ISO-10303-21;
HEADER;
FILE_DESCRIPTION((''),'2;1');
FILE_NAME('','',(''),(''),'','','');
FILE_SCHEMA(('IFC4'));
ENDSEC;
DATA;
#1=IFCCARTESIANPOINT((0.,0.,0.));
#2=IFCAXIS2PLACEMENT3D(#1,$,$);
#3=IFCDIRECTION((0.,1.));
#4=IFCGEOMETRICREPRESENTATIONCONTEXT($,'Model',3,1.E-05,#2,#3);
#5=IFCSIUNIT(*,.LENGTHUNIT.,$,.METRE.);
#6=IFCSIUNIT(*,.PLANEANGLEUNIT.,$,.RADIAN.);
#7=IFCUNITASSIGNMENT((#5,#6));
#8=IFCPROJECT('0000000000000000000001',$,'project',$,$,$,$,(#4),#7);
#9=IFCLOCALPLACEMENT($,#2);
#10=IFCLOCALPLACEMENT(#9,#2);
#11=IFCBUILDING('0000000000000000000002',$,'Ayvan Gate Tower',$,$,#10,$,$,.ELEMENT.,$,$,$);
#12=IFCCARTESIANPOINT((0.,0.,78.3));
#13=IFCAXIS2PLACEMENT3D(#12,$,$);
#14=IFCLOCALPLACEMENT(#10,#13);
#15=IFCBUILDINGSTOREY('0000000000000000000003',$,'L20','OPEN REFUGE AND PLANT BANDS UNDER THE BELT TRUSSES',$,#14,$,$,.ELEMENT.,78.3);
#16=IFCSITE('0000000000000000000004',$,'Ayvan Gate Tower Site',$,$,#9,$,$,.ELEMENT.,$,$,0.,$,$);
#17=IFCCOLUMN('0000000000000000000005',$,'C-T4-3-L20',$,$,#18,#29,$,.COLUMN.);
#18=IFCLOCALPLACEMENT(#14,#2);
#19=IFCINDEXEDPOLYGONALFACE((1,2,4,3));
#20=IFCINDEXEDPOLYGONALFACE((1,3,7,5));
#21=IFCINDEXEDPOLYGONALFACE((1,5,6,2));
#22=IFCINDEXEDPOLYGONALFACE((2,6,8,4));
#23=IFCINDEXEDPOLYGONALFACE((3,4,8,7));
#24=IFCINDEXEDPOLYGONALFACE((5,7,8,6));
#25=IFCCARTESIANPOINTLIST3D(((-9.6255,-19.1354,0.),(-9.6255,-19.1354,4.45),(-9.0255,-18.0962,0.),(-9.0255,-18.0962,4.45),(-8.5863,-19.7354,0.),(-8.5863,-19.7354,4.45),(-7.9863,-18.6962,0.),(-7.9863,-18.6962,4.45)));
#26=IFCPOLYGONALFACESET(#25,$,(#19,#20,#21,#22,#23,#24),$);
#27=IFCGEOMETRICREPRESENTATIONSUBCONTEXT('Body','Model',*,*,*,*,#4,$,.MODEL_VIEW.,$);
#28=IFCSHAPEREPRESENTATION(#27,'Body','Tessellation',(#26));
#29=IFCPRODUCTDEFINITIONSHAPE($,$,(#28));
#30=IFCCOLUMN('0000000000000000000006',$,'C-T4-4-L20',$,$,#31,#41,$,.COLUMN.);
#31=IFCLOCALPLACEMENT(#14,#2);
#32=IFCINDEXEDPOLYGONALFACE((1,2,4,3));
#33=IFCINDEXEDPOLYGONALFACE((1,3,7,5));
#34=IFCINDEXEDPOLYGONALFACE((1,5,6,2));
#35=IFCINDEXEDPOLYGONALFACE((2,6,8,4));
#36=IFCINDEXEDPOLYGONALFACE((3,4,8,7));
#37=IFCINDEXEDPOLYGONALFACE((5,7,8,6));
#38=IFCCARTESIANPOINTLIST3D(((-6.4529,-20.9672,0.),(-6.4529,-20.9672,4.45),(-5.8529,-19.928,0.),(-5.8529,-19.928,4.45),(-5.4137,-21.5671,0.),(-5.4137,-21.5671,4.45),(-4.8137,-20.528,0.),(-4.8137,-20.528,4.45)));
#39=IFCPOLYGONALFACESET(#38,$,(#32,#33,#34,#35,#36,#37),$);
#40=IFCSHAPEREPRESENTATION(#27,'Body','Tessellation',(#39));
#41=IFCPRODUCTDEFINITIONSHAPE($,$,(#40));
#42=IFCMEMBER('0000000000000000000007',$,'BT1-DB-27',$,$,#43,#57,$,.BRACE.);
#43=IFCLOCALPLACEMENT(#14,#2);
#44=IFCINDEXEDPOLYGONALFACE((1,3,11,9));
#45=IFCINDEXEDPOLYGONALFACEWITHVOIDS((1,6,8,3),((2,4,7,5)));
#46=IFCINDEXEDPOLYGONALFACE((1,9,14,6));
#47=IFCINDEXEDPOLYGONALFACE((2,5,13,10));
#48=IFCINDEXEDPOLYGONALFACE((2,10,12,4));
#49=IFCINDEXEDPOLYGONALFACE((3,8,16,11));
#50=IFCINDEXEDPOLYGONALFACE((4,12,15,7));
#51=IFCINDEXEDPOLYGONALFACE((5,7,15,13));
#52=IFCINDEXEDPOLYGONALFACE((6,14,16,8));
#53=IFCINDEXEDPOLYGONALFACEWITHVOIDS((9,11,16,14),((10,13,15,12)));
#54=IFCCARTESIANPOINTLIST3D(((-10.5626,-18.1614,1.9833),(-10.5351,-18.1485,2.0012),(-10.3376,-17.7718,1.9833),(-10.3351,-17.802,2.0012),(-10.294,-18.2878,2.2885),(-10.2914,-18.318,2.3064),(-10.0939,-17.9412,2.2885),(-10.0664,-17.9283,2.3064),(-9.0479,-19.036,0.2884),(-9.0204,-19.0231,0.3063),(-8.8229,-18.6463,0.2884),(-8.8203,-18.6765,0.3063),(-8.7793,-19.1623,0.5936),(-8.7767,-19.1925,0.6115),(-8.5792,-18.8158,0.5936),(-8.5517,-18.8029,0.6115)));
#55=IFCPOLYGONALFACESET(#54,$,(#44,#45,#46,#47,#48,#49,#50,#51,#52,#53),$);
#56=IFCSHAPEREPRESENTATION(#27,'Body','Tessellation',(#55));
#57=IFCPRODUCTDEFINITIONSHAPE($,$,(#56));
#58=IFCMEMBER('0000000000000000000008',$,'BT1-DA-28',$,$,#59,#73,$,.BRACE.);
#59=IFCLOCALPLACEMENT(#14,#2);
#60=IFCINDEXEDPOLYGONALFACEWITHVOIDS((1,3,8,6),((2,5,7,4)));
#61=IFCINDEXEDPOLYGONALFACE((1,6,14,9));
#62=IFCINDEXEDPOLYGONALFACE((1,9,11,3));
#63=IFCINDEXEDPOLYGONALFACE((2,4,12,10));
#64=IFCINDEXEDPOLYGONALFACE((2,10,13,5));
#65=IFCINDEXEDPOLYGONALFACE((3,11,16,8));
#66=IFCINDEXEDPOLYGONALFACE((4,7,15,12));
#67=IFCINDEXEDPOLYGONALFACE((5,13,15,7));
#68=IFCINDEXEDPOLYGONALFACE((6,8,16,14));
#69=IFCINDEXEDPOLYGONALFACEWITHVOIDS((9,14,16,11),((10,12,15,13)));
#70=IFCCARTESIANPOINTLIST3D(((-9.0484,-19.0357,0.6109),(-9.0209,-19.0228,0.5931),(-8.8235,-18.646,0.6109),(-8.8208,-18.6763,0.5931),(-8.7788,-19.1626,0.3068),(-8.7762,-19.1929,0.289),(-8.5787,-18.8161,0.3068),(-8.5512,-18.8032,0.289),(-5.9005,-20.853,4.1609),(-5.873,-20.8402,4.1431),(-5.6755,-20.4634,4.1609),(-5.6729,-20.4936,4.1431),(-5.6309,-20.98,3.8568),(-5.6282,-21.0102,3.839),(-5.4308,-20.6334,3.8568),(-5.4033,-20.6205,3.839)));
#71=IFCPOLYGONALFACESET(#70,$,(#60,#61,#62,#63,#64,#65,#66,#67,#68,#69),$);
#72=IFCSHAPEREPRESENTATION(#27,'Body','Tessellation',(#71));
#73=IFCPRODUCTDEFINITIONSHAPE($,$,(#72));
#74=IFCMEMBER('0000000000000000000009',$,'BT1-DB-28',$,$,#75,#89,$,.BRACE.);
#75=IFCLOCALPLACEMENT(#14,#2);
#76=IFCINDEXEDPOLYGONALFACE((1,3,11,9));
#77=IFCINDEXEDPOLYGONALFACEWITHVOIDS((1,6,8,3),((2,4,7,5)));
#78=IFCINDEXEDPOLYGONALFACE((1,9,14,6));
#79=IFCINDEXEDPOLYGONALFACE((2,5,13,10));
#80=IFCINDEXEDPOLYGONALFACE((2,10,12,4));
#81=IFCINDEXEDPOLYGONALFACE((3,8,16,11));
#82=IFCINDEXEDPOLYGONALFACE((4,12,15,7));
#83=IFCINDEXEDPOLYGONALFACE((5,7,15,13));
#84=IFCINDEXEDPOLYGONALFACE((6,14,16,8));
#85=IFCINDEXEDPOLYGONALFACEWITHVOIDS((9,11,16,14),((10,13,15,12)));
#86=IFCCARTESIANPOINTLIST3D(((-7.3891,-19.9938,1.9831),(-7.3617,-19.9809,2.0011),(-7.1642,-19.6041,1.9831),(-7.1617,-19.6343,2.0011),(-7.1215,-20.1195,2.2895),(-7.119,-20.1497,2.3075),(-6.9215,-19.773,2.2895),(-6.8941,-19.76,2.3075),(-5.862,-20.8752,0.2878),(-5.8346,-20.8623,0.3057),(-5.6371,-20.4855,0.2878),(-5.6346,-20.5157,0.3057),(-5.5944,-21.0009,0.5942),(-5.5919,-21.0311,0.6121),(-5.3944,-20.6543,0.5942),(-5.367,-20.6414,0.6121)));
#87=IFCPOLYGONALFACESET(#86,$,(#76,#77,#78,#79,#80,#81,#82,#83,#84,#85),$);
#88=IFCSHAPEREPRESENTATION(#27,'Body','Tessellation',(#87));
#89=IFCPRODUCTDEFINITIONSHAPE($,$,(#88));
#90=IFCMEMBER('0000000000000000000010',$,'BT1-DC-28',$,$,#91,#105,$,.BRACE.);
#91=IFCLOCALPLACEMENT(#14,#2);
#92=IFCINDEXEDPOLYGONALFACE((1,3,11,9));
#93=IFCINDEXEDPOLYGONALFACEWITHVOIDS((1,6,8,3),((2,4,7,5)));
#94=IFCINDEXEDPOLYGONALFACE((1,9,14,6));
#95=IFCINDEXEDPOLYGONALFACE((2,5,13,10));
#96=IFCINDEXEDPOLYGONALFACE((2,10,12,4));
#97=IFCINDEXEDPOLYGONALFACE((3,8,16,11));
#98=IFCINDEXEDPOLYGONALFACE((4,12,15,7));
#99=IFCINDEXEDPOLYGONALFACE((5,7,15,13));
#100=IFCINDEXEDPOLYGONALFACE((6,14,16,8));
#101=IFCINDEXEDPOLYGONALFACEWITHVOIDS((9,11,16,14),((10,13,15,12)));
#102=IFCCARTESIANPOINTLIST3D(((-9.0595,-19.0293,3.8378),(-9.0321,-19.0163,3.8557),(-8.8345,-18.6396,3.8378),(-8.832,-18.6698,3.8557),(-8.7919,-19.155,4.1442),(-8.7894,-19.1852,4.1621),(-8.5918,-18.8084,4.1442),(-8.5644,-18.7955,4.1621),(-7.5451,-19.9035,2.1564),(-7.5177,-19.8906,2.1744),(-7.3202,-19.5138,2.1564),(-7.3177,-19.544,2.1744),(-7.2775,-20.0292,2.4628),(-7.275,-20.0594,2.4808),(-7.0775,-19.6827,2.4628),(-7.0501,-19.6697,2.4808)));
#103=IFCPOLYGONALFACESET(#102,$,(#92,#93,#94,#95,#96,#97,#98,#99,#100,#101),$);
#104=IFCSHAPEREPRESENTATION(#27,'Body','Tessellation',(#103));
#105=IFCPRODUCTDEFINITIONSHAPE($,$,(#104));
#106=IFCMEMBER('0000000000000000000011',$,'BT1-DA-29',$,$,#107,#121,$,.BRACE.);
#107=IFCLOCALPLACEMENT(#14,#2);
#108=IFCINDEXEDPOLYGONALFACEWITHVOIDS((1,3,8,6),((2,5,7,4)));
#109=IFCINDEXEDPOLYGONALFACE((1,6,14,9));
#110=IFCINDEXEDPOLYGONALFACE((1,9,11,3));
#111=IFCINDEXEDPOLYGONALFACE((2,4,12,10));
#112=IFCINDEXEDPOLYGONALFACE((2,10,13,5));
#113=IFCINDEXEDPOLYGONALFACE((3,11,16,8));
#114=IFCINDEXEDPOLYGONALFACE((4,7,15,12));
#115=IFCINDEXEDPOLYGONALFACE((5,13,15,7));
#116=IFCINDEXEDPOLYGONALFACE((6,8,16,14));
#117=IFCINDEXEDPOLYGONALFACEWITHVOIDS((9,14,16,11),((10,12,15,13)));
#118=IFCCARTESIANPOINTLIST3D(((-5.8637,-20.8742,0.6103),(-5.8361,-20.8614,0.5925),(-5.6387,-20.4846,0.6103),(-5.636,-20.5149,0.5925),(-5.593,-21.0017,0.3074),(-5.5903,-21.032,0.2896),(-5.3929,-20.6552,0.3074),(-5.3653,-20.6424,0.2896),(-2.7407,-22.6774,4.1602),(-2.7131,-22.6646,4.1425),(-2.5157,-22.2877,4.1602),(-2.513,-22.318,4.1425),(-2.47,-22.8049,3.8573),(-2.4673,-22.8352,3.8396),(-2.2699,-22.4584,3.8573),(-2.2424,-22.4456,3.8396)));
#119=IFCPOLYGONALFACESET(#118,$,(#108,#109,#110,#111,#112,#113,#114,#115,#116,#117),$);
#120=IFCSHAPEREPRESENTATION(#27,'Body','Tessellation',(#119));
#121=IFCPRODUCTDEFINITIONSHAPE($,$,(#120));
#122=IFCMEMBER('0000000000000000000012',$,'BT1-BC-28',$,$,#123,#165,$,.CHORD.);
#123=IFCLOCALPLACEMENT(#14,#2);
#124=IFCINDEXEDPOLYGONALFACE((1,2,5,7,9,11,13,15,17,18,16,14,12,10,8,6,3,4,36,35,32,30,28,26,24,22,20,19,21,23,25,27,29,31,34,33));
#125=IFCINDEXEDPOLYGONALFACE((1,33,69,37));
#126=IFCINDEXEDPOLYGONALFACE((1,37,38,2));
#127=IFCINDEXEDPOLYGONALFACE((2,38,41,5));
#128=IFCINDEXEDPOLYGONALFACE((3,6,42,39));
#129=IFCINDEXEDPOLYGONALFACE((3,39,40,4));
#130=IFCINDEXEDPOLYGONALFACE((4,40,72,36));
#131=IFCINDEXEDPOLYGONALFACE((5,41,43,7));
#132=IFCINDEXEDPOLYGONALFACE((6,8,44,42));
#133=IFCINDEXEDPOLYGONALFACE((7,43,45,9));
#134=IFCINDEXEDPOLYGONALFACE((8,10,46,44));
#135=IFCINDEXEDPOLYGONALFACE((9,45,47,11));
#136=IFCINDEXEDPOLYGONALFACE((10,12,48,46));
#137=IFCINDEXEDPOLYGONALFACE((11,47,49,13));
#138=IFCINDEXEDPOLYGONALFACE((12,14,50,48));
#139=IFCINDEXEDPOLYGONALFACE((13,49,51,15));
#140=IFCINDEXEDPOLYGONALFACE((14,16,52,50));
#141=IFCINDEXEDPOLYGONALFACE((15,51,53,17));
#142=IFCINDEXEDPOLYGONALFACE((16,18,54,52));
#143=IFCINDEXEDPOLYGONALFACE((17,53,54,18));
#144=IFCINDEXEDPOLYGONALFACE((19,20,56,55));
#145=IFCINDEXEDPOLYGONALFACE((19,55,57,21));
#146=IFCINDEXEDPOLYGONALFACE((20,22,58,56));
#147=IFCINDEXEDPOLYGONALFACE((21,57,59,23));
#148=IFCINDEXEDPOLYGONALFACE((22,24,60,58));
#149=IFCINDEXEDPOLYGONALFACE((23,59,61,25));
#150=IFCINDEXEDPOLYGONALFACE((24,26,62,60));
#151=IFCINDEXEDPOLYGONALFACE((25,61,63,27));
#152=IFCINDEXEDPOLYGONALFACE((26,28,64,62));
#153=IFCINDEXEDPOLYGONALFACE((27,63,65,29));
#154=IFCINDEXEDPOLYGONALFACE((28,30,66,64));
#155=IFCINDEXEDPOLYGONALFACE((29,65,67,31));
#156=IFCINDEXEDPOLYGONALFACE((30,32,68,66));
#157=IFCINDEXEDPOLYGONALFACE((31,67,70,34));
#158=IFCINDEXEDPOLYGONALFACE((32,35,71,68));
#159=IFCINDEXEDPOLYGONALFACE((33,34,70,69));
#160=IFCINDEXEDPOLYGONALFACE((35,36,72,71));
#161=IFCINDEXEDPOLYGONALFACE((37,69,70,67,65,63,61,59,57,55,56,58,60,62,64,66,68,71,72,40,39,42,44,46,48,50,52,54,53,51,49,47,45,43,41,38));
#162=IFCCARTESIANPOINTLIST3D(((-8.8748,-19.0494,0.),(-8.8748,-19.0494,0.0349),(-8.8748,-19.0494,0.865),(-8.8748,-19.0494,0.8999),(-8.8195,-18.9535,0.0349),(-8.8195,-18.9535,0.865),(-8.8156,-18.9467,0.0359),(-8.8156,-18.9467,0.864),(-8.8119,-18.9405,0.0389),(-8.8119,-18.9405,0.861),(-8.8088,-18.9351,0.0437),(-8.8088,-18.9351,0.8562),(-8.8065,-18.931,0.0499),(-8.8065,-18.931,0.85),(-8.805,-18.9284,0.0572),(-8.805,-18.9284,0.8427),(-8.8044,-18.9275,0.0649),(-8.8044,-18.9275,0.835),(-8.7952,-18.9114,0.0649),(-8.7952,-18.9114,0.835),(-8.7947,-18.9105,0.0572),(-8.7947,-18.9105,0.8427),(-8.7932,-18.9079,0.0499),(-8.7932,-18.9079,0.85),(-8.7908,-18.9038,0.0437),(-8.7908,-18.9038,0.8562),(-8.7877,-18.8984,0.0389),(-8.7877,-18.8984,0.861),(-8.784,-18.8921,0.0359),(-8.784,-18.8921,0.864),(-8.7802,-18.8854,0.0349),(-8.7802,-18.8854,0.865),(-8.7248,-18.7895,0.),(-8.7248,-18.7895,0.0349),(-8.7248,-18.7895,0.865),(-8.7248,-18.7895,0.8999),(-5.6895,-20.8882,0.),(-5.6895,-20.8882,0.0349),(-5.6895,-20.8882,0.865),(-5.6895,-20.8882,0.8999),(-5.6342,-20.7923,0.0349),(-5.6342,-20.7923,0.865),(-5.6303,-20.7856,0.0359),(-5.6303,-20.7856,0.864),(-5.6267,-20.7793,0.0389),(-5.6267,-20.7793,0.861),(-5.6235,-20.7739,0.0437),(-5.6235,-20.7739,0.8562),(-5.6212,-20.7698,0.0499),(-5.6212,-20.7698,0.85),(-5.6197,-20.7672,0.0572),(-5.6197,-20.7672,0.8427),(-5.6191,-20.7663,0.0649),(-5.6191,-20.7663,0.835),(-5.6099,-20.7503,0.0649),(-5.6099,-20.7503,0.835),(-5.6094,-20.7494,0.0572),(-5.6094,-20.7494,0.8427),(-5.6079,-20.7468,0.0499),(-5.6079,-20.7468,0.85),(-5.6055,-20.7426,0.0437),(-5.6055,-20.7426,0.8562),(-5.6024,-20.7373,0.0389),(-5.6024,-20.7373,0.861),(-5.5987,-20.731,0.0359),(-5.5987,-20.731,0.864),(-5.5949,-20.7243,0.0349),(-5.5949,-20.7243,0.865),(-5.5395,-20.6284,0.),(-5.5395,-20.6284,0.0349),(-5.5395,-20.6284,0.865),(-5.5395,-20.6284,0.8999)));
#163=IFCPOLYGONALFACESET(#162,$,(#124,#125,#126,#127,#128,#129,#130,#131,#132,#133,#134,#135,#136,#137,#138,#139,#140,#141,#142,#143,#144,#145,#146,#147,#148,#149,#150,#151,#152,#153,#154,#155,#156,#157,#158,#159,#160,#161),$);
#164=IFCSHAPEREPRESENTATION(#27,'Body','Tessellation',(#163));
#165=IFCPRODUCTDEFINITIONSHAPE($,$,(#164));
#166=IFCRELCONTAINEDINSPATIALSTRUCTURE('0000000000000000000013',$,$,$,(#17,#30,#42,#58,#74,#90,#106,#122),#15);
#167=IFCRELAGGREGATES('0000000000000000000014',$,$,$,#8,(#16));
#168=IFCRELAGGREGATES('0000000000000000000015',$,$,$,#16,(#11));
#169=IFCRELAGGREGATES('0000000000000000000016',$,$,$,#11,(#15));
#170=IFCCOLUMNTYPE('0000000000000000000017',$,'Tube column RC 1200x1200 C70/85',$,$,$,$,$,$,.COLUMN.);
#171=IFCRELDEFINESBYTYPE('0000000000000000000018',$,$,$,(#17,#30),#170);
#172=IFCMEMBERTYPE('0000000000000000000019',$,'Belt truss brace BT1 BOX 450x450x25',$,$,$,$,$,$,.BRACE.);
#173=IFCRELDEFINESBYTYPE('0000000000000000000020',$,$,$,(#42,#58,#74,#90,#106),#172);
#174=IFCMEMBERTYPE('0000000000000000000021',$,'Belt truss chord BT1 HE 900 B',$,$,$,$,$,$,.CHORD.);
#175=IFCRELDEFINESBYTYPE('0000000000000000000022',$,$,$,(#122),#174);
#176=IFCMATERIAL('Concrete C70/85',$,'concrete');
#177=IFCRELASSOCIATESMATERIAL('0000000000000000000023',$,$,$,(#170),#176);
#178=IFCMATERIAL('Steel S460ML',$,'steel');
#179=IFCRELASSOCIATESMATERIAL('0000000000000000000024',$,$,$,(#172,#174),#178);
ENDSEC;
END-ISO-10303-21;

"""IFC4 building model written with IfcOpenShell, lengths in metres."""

from ifc_helpers import new_model, si_unit, direction, frame, origin, origin_2d, place, context, subcontext, project, spatial, rectangle, hollow_rectangle, i_section, extrude, material, material_profile, profile_set, type_object, element, save


model = new_model("IFC4")

# Units and contexts
model_context = context("Model", 3, precision=1e-05, world=origin(), true_north=direction((0.0, 1.0)))
body_context = subcontext(model_context, "Body", "Model", "MODEL_VIEW")
ifc_project = project(units=[si_unit("LENGTHUNIT", "METRE"), si_unit("PLANEANGLEUNIT", "RADIAN")], contexts=[model_context])

# Site, building, storey
site_placement = place(None, origin())
site = spatial("IfcSite", under=ifc_project, at=site_placement, Name="Ayvan Gate Tower Site", CompositionType="ELEMENT", RefElevation=0.0)
building_placement = place(site_placement, origin())
building = spatial("IfcBuilding", under=site, at=building_placement, Name="Ayvan Gate Tower", CompositionType="ELEMENT")
storey_placement = place(building_placement, frame((0.0, 0.0, 78.3)))
storey = spatial("IfcBuildingStorey", under=building, at=storey_placement, Name="L20", Description="OPEN REFUGE AND PLANT BANDS UNDER THE BELT TRUSSES", CompositionType="ELEMENT", Elevation=78.3)

# Columns
ifc_material_1 = material(Name="Concrete C70/85", Category="concrete")
ifc_material_profile_1 = material_profile(ifc_material_1, rectangle(XDim=1.2, YDim=1.2, at=origin_2d()), Name="RC 1200x1200")
ifc_profile_set_1 = profile_set([ifc_material_profile_1], Name="Concrete C70/85")
column_type = type_object("IfcColumnType", Name="Tube column RC 1200x1200 C70/85", PredefinedType="COLUMN", material=ifc_profile_set_1)
for number, where, z_axis, x_axis, name in (
    (1, (-8.8059, -18.9158, 0.0), (0.0, 0.0, 1.0), (-0.5, -0.866025, 0.0), "C-T4-3-L20"),
    (2, (-5.6333, -20.7476, 0.0), (0.0, 0.0, 1.0), (-0.5, -0.866025, 0.0), "C-T4-4-L20"),
):
    element("IfcColumn", number, at=place(storey_placement, frame(where, z_axis=z_axis, x_axis=x_axis)), inside=storey, type_object=column_type, Name=name, PredefinedType="COLUMN", context=body_context, shape_type="SweptSolid", body=[
        extrude(rectangle(XDim=1.2, YDim=1.2, at=origin_2d()), origin(), (0.0, 0.0, 1.0), 4.45),
    ])

# Members
ifc_material_2 = material(Name="Steel S460ML", Category="steel")
ifc_material_profile_2 = material_profile(ifc_material_2, hollow_rectangle(XDim=0.45, YDim=0.45, WallThickness=0.0249, at=origin_2d()), Name="BOX 450x450x25")
ifc_profile_set_2 = profile_set([ifc_material_profile_2], Name="Steel S460ML")
member_type_1 = type_object("IfcMemberType", Name="Belt truss brace BT1 BOX 450x450x25", PredefinedType="BRACE", material=ifc_profile_set_2)
member_1_placement = place(storey_placement, frame((-8.7998, -18.9194, 0.45), z_axis=(-0.62192, 0.359078, 0.695901), x_axis=(-0.500012, -0.866018, 0.0)))
element("IfcMember", 3, at=member_1_placement, inside=storey, type_object=member_type_1, Name="BT1-DB-27", PredefinedType="BRACE", context=body_context, shape_type="SweptSolid", body=[
    extrude(hollow_rectangle(XDim=0.45, YDim=0.45, WallThickness=0.0249, at=origin_2d()), origin(), (0.0, 0.0, 1.0), 2.4355),
])
member_2_placement = place(storey_placement, frame((-8.7998, -18.9194, 0.45), z_axis=(0.619568, -0.357691, 0.698708), x_axis=(0.499982, 0.866036, 0.0)))
element("IfcMember", 4, at=member_2_placement, inside=storey, type_object=member_type_1, Name="BT1-DA-28", PredefinedType="BRACE", context=body_context, shape_type="SweptSolid", body=[
    extrude(hollow_rectangle(XDim=0.45, YDim=0.45, WallThickness=0.0249, at=origin_2d()), origin(), (0.0, 0.0, 1.0), 5.0808),
])
member_3_placement = place(storey_placement, frame((-5.6145, -20.7583, 0.45), z_axis=(-0.624327, 0.360323, 0.693097), x_axis=(-0.499862, -0.866105, 0.0)))
element("IfcMember", 5, at=member_3_placement, inside=storey, type_object=member_type_1, Name="BT1-DB-28", PredefinedType="BRACE", context=body_context, shape_type="SweptSolid", body=[
    extrude(hollow_rectangle(XDim=0.45, YDim=0.45, WallThickness=0.0249, at=origin_2d()), origin(), (0.0, 0.0, 1.0), 2.446),
])
member_4_placement = place(storey_placement, frame((-7.2976, -19.7866, 2.3186), z_axis=(-0.624272, 0.360393, 0.69311), x_axis=(-0.499968, -0.866044, 0.0)))
element("IfcMember", 6, at=member_4_placement, inside=storey, type_object=member_type_1, Name="BT1-DC-28", PredefinedType="BRACE", context=body_context, shape_type="SweptSolid", body=[
    extrude(hollow_rectangle(XDim=0.45, YDim=0.45, WallThickness=0.0249, at=origin_2d()), origin(), (0.0, 0.0, 1.0), 2.4258),
])
member_5_placement = place(storey_placement, frame((-5.6145, -20.7583, 0.45), z_axis=(0.617151, -0.356338, 0.701532), x_axis=(0.500027, 0.86601, 0.0)))
element("IfcMember", 7, at=member_5_placement, inside=storey, type_object=member_type_1, Name="BT1-DA-29", PredefinedType="BRACE", context=body_context, shape_type="SweptSolid", body=[
    extrude(hollow_rectangle(XDim=0.45, YDim=0.45, WallThickness=0.0249, at=origin_2d()), origin(), (0.0, 0.0, 1.0), 5.0603),
])
ifc_material_profile_3 = material_profile(ifc_material_2, i_section(OverallWidth=0.3, OverallDepth=0.8999, WebThickness=0.0186, FlangeThickness=0.0349, FilletRadius=0.03, at=origin_2d()), Name="HE 900 B")
ifc_profile_set_3 = profile_set([ifc_material_profile_3], Name="Steel S460ML")
member_type_2 = type_object("IfcMemberType", Name="Belt truss chord BT1 HE 900 B", PredefinedType="CHORD", material=ifc_profile_set_3)
member_6_placement = place(storey_placement, frame((-8.7998, -18.9194, 0.45), z_axis=(0.866045, -0.499966, 0.0), x_axis=(0.499966, 0.866045, 0.0)))
element("IfcMember", 8, at=member_6_placement, inside=storey, type_object=member_type_2, Name="BT1-BC-28", PredefinedType="CHORD", context=body_context, shape_type="SweptSolid", body=[
    extrude(i_section(OverallWidth=0.3, OverallDepth=0.8999, WebThickness=0.0186, FlangeThickness=0.0349, FilletRadius=0.03, at=origin_2d()), origin(), (0.0, 0.0, 1.0), 3.678),
])

save(model, "model.ifc")
